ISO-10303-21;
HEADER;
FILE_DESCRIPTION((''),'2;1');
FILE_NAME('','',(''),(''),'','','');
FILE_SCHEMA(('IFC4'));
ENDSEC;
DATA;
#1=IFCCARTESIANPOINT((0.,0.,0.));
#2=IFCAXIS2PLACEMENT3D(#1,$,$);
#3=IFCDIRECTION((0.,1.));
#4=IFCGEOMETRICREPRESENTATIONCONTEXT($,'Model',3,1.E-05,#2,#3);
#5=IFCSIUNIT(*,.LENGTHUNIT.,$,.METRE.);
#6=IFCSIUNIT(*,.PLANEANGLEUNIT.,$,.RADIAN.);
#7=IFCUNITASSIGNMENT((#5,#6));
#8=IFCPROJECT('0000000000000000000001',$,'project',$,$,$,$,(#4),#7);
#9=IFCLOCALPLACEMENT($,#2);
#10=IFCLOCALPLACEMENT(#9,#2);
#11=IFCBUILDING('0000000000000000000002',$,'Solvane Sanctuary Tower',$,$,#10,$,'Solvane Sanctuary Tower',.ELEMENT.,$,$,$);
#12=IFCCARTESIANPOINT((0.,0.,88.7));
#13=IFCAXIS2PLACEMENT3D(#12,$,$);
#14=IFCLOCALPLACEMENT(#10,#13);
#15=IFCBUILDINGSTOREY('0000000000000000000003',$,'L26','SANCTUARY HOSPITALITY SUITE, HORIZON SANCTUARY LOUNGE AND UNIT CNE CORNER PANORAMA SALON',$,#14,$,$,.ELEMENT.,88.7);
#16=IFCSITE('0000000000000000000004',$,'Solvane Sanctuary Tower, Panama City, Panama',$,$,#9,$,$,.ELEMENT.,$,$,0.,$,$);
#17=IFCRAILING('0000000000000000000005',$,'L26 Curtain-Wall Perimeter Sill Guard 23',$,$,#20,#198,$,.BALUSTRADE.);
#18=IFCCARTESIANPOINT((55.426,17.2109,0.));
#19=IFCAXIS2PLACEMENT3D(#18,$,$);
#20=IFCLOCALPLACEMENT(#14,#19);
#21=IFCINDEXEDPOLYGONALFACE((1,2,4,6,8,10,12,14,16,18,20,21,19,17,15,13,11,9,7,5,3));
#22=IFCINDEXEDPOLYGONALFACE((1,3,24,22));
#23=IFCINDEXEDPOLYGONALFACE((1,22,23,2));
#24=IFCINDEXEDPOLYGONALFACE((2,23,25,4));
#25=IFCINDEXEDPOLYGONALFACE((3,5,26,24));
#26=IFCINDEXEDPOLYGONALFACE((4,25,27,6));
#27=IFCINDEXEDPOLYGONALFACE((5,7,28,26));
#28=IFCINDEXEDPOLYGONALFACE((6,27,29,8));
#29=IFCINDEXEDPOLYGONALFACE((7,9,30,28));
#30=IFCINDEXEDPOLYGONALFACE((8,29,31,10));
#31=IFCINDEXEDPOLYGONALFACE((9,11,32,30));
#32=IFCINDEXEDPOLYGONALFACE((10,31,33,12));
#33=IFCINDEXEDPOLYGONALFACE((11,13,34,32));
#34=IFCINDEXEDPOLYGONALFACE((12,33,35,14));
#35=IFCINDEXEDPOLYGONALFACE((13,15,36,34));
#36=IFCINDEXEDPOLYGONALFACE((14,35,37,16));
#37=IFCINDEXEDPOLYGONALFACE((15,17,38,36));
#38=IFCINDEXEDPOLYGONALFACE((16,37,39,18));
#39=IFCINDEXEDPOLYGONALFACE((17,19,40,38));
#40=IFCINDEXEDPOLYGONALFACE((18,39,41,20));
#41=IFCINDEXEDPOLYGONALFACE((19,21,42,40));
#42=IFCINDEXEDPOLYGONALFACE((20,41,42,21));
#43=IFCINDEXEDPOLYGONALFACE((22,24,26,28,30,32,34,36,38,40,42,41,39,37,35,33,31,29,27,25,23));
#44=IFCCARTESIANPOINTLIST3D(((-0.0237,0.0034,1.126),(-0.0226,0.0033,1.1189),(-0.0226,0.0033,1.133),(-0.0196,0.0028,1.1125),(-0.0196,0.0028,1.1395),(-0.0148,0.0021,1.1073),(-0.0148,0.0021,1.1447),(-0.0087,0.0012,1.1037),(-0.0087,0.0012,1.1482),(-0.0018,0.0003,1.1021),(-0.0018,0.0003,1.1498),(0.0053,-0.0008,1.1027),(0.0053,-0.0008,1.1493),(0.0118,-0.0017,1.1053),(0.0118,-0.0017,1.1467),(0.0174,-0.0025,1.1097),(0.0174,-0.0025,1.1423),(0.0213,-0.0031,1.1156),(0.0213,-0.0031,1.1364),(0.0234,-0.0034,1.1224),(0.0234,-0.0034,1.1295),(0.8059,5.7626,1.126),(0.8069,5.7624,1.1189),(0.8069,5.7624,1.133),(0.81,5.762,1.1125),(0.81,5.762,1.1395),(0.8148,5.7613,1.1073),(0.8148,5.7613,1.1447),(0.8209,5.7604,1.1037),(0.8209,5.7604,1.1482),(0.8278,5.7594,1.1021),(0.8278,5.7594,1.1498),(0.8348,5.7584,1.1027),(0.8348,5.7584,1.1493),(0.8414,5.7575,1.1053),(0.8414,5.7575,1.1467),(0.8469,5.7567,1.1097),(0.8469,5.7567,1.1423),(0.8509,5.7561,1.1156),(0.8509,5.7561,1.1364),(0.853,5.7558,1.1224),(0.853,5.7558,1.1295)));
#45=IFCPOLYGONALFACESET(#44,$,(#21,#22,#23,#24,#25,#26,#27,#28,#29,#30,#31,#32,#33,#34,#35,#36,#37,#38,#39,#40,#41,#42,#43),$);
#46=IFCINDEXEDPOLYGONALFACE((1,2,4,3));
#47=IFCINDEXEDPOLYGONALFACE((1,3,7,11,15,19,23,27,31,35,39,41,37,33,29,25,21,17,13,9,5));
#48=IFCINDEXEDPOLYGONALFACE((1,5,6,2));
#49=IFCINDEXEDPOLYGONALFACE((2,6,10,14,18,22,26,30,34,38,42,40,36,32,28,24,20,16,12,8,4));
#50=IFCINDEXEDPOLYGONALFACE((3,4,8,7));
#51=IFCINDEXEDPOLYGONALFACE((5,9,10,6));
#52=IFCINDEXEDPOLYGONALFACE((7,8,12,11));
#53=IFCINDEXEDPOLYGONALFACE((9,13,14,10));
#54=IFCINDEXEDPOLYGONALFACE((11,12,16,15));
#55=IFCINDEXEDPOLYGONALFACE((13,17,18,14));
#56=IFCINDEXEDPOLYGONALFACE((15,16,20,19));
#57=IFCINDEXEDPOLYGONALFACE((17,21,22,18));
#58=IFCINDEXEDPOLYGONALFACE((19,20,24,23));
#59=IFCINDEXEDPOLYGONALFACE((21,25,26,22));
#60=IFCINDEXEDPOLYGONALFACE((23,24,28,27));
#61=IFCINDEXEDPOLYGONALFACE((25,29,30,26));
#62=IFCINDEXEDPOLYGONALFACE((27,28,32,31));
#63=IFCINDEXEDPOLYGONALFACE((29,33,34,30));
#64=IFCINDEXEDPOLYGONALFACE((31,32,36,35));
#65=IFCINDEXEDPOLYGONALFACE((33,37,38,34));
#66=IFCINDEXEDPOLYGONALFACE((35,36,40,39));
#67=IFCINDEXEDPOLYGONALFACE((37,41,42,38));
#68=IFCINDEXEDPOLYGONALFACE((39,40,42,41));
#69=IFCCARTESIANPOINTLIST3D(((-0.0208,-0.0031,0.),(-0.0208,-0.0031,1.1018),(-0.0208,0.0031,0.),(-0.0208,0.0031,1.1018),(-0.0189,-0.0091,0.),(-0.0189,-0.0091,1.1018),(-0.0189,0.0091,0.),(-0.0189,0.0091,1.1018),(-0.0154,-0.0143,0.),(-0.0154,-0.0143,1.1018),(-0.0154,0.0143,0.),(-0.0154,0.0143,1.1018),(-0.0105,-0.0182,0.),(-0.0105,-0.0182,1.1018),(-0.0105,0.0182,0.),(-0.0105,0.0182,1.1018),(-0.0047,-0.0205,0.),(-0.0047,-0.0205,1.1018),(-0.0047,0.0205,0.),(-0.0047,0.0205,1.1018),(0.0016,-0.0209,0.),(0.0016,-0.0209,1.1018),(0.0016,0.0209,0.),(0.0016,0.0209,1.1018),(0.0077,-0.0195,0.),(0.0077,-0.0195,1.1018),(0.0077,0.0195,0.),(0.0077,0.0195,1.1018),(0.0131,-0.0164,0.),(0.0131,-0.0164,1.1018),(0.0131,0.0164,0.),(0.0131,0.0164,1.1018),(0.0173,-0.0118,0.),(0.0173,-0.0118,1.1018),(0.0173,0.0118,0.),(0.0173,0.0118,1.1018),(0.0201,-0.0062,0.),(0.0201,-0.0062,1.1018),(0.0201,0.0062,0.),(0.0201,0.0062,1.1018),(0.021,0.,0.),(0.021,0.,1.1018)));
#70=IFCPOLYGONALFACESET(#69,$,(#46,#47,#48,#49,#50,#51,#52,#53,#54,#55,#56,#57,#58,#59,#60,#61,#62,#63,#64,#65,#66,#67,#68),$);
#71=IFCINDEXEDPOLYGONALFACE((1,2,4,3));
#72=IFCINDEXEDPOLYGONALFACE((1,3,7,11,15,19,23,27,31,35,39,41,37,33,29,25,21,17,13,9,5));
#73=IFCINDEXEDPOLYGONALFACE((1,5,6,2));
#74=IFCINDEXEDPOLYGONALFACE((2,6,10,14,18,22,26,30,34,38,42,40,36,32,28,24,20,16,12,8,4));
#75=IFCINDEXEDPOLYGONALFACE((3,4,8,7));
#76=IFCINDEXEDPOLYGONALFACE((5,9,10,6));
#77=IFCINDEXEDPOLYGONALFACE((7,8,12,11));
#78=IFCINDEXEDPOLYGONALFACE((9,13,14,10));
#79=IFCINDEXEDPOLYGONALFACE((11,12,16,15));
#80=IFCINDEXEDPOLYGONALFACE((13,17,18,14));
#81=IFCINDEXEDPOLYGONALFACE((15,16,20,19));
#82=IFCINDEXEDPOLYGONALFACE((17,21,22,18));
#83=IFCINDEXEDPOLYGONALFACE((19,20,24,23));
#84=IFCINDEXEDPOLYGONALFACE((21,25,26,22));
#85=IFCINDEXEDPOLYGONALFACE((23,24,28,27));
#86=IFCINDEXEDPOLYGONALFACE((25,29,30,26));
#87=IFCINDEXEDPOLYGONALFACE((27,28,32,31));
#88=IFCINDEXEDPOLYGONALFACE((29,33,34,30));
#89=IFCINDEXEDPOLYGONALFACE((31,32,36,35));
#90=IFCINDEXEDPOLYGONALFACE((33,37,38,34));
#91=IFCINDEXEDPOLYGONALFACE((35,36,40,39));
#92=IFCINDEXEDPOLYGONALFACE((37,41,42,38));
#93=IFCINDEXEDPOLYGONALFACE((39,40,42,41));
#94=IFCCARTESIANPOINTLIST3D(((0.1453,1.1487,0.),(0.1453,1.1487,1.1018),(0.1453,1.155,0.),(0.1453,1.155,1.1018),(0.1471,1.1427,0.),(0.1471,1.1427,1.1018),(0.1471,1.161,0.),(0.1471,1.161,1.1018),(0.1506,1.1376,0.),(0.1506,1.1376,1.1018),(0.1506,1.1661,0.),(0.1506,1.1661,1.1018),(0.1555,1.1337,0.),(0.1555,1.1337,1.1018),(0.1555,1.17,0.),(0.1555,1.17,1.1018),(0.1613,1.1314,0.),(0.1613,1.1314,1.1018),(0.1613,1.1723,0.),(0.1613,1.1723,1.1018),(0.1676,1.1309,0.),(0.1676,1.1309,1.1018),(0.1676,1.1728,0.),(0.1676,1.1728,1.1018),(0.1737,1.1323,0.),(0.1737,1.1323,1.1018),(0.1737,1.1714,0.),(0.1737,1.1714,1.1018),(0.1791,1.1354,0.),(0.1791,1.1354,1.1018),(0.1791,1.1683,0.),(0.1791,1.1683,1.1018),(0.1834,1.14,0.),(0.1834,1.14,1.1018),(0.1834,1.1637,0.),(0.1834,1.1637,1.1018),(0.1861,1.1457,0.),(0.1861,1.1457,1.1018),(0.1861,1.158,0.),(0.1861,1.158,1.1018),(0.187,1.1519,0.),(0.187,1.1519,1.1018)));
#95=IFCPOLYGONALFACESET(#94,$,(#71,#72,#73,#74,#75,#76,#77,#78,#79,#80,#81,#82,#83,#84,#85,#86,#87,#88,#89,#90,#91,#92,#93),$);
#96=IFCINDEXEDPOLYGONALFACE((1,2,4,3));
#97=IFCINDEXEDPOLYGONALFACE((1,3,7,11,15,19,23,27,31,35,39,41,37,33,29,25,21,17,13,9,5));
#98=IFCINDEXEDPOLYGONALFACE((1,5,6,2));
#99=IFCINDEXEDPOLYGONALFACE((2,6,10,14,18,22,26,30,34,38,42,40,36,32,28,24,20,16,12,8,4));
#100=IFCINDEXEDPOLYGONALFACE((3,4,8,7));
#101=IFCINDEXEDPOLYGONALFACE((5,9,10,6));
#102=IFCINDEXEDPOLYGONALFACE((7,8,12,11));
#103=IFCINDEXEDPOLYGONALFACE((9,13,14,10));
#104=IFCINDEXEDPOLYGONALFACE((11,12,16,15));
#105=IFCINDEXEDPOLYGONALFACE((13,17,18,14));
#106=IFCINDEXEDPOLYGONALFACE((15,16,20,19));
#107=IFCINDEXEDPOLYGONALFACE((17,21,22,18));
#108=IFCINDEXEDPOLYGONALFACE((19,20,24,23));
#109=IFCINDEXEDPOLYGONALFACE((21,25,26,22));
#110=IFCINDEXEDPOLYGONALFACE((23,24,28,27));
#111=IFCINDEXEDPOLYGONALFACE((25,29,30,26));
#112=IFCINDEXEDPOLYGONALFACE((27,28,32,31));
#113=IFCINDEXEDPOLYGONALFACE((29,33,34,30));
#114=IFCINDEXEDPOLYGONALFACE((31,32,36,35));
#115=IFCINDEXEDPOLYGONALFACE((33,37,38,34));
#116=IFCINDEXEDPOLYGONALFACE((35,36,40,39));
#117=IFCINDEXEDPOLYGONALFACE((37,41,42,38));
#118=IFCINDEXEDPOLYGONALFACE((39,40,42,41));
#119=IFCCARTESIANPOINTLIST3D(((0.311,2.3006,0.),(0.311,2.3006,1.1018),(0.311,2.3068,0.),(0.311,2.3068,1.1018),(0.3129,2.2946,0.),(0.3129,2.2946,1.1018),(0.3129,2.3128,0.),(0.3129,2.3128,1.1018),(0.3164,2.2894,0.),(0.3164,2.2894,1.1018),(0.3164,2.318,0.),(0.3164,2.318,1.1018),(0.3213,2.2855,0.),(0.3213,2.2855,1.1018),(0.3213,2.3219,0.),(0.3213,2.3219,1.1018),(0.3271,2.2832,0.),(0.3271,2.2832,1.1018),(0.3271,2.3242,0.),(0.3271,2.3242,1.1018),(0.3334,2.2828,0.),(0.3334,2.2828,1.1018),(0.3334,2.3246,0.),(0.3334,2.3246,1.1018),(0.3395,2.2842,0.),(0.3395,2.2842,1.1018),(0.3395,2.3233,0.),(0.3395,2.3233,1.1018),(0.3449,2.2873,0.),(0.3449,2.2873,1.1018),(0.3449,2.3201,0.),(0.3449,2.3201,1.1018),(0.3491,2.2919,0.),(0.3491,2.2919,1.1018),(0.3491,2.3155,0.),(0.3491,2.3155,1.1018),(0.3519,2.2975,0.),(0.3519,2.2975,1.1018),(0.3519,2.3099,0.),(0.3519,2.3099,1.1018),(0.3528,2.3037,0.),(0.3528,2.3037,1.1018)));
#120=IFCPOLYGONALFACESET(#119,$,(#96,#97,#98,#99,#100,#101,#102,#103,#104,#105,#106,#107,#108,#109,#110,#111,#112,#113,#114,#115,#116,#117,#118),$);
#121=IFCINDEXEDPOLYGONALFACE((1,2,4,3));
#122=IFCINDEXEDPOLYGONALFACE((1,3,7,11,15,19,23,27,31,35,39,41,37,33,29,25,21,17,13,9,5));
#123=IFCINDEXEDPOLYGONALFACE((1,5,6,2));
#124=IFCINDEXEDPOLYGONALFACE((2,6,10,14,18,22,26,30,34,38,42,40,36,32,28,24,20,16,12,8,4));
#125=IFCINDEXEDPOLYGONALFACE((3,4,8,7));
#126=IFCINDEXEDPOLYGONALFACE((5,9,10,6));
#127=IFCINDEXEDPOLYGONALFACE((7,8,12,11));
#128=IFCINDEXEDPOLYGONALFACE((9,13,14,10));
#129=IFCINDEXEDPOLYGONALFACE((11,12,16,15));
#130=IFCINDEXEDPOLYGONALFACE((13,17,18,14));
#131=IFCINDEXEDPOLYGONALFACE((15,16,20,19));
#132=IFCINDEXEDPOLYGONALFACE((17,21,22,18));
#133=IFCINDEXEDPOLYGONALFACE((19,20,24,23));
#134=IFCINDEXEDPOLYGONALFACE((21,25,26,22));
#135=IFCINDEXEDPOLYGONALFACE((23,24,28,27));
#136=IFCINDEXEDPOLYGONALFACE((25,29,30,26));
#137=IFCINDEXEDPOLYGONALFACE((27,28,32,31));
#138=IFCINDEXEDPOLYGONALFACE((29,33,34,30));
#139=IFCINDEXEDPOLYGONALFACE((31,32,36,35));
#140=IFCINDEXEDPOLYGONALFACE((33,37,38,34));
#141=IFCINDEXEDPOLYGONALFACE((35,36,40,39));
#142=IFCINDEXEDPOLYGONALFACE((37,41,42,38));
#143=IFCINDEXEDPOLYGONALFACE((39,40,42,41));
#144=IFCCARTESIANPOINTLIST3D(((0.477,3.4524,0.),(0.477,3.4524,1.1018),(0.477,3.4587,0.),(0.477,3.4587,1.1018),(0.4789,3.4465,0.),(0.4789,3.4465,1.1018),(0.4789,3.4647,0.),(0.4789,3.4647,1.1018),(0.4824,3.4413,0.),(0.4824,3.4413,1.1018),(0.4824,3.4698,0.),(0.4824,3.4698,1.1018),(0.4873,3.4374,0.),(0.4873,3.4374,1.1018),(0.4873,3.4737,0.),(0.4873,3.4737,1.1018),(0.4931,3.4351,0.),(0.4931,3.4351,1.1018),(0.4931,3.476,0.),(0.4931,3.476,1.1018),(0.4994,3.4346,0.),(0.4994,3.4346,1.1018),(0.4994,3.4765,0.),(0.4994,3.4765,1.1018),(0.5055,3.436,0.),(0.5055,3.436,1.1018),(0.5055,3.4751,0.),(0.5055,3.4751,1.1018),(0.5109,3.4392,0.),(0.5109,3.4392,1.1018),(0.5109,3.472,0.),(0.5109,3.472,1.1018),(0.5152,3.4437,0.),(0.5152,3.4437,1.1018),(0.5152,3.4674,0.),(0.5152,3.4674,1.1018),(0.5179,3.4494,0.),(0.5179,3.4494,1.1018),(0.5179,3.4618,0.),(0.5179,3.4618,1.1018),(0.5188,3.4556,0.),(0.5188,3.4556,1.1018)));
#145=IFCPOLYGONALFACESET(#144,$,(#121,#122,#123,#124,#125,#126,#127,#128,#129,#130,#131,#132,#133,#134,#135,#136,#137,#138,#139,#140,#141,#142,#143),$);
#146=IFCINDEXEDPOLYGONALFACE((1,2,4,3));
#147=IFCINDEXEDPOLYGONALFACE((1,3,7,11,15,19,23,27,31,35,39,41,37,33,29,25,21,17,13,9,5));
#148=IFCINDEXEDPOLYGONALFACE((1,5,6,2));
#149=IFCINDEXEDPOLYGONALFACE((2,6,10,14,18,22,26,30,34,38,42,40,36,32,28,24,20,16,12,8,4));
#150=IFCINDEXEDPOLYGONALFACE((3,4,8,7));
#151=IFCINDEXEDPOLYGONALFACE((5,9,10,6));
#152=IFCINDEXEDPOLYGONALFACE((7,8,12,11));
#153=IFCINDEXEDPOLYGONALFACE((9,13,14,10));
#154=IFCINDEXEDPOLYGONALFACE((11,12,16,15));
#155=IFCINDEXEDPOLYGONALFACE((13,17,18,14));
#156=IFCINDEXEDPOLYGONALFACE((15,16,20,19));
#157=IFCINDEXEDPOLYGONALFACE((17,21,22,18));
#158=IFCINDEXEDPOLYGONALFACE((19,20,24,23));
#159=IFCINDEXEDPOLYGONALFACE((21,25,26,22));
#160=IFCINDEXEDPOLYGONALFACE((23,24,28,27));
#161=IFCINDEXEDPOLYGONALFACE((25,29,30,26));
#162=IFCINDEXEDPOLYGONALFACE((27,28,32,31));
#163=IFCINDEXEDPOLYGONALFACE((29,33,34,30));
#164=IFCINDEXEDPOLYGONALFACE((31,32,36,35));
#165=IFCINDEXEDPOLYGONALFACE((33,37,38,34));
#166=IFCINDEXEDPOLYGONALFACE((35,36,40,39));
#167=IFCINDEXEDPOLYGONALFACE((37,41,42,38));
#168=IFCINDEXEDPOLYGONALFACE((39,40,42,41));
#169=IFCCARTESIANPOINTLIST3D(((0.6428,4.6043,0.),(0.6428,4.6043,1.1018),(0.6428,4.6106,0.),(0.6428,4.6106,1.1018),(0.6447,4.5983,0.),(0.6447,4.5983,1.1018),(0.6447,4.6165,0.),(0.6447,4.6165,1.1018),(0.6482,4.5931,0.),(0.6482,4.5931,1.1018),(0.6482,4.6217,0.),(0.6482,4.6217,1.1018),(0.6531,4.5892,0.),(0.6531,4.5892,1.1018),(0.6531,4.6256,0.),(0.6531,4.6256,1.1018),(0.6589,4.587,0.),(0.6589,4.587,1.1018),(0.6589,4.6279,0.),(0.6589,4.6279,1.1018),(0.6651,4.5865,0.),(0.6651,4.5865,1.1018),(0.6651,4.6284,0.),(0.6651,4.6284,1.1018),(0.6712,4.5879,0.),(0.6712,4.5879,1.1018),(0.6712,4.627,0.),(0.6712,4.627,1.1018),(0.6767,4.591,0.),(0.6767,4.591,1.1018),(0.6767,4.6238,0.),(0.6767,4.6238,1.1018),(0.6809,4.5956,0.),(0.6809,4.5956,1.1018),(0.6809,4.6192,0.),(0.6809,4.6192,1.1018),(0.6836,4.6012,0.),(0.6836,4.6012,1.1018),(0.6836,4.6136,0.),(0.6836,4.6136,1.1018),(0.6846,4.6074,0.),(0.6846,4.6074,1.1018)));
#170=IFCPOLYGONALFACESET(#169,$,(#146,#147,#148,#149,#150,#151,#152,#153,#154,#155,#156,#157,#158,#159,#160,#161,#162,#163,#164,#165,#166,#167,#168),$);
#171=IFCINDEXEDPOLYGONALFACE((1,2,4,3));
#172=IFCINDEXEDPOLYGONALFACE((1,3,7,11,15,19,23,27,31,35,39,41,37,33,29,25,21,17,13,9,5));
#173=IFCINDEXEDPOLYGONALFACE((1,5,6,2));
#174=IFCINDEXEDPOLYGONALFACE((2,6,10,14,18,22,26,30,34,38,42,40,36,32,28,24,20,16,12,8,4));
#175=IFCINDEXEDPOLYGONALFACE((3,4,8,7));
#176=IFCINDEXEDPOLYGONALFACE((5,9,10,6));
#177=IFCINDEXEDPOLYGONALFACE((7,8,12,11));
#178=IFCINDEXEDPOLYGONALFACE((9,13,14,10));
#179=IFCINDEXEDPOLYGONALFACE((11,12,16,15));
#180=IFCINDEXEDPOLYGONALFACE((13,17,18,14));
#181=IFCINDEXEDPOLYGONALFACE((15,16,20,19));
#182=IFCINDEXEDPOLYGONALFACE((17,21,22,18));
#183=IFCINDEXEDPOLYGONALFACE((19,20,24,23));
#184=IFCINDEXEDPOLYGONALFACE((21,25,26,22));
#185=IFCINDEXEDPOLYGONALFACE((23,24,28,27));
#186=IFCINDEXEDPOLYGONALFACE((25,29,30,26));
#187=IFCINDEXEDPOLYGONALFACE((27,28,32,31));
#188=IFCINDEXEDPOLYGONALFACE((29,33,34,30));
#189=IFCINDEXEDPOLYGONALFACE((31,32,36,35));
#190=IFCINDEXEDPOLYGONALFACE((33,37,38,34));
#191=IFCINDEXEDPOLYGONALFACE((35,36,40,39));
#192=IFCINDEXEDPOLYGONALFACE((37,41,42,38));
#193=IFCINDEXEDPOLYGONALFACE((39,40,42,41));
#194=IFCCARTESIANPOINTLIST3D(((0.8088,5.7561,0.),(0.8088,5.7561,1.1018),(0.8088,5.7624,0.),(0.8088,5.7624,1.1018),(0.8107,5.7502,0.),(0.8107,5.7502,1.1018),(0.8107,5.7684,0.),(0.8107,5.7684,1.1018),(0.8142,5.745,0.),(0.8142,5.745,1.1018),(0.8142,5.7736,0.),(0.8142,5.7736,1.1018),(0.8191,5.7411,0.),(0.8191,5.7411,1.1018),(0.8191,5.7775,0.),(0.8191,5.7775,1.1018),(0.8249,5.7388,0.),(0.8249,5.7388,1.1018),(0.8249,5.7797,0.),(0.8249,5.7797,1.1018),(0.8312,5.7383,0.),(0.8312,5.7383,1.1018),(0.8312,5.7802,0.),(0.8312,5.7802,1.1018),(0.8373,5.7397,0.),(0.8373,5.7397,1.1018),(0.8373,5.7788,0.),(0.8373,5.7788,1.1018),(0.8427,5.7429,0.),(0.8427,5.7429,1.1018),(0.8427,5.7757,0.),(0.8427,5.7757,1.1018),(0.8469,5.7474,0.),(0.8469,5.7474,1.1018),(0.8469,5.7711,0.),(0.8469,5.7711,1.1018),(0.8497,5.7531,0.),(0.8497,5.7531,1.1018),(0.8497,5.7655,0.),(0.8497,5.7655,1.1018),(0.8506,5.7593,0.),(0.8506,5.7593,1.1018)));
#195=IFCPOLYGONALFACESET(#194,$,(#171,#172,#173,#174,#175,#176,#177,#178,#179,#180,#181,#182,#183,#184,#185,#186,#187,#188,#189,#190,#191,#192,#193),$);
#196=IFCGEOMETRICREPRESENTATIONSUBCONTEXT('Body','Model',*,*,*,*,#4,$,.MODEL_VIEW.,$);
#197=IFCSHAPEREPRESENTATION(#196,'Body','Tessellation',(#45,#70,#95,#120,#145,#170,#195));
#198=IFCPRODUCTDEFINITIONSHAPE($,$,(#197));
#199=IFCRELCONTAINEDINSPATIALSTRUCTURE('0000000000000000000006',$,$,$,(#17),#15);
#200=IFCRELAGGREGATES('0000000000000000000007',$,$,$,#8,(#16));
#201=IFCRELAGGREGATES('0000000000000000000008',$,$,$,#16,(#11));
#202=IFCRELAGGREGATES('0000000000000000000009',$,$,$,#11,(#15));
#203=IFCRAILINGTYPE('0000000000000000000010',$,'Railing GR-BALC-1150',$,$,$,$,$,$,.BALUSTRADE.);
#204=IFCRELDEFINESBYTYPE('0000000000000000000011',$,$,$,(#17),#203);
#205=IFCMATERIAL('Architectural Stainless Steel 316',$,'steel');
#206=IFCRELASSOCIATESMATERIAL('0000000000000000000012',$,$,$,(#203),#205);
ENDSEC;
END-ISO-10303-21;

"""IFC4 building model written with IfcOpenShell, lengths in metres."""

from ifc_helpers import new_model, si_unit, direction, frame, origin, origin_2d, place, context, subcontext, project, spatial, circle, extrude, material, type_object, element, save


model = new_model("IFC4")

# Units and contexts
model_context = context("Model", 3, precision=1e-05, world=origin(), true_north=direction((0.0, 1.0)))
body_context = subcontext(model_context, "Body", "Model", "MODEL_VIEW")
ifc_project = project(units=[si_unit("LENGTHUNIT", "METRE"), si_unit("PLANEANGLEUNIT", "RADIAN")], contexts=[model_context])

# Site, building, storey
site_placement = place(None, origin())
site = spatial("IfcSite", under=ifc_project, at=site_placement, Name="Solvane Sanctuary Tower, Panama City, Panama", CompositionType="ELEMENT", RefElevation=0.0)
building_placement = place(site_placement, origin())
building = spatial("IfcBuilding", under=site, at=building_placement, Name="Solvane Sanctuary Tower", LongName="Solvane Sanctuary Tower", CompositionType="ELEMENT")
storey_placement = place(building_placement, frame((0.0, 0.0, 88.7)))
storey = spatial("IfcBuildingStorey", under=building, at=storey_placement, Name="L26", Description="SANCTUARY HOSPITALITY SUITE, HORIZON SANCTUARY LOUNGE AND UNIT CNE CORNER PANORAMA SALON", CompositionType="ELEMENT", Elevation=88.7)

# Railing
ifc_material_1 = material(Name="Architectural Stainless Steel 316", Category="steel")
railing_type_1 = type_object("IfcRailingType", Name="Railing GR-BALC-1150", PredefinedType="BALUSTRADE", material=ifc_material_1)
railing_1_placement = place(storey_placement, frame((55.426, 17.2109, 0.0)))
element("IfcRailing", 1, at=railing_1_placement, inside=storey, type_object=railing_type_1, Name="L26 Curtain-Wall Perimeter Sill Guard 23", PredefinedType="BALUSTRADE", context=body_context, shape_type="SweptSolid", body=[
    extrude(circle(Radius=0.0239, at=origin_2d()), frame((0.0, 0.0, 1.126), z_axis=(0.142573, 0.989784, 0.0), x_axis=(-0.989784, 0.142573, 0.0)), (0.0, 0.0, 1.0), 5.8186),
    extrude(circle(Radius=0.021, at=origin_2d()), origin(), (0.0, 0.0, 1.0), 1.1018),
    extrude(circle(Radius=0.021, at=origin_2d()), frame((0.166, 1.1519, 0.0)), (0.0, 0.0, 1.0), 1.1018),
    extrude(circle(Radius=0.021, at=origin_2d()), frame((0.3318, 2.3037, 0.0)), (0.0, 0.0, 1.0), 1.1018),
    extrude(circle(Radius=0.021, at=origin_2d()), frame((0.4978, 3.4556, 0.0)), (0.0, 0.0, 1.0), 1.1018),
    extrude(circle(Radius=0.021, at=origin_2d()), frame((0.6636, 4.6074, 0.0)), (0.0, 0.0, 1.0), 1.1018),
    extrude(circle(Radius=0.021, at=origin_2d()), frame((0.8296, 5.7593, 0.0)), (0.0, 0.0, 1.0), 1.1018),
])

save(model, "model.ifc")
